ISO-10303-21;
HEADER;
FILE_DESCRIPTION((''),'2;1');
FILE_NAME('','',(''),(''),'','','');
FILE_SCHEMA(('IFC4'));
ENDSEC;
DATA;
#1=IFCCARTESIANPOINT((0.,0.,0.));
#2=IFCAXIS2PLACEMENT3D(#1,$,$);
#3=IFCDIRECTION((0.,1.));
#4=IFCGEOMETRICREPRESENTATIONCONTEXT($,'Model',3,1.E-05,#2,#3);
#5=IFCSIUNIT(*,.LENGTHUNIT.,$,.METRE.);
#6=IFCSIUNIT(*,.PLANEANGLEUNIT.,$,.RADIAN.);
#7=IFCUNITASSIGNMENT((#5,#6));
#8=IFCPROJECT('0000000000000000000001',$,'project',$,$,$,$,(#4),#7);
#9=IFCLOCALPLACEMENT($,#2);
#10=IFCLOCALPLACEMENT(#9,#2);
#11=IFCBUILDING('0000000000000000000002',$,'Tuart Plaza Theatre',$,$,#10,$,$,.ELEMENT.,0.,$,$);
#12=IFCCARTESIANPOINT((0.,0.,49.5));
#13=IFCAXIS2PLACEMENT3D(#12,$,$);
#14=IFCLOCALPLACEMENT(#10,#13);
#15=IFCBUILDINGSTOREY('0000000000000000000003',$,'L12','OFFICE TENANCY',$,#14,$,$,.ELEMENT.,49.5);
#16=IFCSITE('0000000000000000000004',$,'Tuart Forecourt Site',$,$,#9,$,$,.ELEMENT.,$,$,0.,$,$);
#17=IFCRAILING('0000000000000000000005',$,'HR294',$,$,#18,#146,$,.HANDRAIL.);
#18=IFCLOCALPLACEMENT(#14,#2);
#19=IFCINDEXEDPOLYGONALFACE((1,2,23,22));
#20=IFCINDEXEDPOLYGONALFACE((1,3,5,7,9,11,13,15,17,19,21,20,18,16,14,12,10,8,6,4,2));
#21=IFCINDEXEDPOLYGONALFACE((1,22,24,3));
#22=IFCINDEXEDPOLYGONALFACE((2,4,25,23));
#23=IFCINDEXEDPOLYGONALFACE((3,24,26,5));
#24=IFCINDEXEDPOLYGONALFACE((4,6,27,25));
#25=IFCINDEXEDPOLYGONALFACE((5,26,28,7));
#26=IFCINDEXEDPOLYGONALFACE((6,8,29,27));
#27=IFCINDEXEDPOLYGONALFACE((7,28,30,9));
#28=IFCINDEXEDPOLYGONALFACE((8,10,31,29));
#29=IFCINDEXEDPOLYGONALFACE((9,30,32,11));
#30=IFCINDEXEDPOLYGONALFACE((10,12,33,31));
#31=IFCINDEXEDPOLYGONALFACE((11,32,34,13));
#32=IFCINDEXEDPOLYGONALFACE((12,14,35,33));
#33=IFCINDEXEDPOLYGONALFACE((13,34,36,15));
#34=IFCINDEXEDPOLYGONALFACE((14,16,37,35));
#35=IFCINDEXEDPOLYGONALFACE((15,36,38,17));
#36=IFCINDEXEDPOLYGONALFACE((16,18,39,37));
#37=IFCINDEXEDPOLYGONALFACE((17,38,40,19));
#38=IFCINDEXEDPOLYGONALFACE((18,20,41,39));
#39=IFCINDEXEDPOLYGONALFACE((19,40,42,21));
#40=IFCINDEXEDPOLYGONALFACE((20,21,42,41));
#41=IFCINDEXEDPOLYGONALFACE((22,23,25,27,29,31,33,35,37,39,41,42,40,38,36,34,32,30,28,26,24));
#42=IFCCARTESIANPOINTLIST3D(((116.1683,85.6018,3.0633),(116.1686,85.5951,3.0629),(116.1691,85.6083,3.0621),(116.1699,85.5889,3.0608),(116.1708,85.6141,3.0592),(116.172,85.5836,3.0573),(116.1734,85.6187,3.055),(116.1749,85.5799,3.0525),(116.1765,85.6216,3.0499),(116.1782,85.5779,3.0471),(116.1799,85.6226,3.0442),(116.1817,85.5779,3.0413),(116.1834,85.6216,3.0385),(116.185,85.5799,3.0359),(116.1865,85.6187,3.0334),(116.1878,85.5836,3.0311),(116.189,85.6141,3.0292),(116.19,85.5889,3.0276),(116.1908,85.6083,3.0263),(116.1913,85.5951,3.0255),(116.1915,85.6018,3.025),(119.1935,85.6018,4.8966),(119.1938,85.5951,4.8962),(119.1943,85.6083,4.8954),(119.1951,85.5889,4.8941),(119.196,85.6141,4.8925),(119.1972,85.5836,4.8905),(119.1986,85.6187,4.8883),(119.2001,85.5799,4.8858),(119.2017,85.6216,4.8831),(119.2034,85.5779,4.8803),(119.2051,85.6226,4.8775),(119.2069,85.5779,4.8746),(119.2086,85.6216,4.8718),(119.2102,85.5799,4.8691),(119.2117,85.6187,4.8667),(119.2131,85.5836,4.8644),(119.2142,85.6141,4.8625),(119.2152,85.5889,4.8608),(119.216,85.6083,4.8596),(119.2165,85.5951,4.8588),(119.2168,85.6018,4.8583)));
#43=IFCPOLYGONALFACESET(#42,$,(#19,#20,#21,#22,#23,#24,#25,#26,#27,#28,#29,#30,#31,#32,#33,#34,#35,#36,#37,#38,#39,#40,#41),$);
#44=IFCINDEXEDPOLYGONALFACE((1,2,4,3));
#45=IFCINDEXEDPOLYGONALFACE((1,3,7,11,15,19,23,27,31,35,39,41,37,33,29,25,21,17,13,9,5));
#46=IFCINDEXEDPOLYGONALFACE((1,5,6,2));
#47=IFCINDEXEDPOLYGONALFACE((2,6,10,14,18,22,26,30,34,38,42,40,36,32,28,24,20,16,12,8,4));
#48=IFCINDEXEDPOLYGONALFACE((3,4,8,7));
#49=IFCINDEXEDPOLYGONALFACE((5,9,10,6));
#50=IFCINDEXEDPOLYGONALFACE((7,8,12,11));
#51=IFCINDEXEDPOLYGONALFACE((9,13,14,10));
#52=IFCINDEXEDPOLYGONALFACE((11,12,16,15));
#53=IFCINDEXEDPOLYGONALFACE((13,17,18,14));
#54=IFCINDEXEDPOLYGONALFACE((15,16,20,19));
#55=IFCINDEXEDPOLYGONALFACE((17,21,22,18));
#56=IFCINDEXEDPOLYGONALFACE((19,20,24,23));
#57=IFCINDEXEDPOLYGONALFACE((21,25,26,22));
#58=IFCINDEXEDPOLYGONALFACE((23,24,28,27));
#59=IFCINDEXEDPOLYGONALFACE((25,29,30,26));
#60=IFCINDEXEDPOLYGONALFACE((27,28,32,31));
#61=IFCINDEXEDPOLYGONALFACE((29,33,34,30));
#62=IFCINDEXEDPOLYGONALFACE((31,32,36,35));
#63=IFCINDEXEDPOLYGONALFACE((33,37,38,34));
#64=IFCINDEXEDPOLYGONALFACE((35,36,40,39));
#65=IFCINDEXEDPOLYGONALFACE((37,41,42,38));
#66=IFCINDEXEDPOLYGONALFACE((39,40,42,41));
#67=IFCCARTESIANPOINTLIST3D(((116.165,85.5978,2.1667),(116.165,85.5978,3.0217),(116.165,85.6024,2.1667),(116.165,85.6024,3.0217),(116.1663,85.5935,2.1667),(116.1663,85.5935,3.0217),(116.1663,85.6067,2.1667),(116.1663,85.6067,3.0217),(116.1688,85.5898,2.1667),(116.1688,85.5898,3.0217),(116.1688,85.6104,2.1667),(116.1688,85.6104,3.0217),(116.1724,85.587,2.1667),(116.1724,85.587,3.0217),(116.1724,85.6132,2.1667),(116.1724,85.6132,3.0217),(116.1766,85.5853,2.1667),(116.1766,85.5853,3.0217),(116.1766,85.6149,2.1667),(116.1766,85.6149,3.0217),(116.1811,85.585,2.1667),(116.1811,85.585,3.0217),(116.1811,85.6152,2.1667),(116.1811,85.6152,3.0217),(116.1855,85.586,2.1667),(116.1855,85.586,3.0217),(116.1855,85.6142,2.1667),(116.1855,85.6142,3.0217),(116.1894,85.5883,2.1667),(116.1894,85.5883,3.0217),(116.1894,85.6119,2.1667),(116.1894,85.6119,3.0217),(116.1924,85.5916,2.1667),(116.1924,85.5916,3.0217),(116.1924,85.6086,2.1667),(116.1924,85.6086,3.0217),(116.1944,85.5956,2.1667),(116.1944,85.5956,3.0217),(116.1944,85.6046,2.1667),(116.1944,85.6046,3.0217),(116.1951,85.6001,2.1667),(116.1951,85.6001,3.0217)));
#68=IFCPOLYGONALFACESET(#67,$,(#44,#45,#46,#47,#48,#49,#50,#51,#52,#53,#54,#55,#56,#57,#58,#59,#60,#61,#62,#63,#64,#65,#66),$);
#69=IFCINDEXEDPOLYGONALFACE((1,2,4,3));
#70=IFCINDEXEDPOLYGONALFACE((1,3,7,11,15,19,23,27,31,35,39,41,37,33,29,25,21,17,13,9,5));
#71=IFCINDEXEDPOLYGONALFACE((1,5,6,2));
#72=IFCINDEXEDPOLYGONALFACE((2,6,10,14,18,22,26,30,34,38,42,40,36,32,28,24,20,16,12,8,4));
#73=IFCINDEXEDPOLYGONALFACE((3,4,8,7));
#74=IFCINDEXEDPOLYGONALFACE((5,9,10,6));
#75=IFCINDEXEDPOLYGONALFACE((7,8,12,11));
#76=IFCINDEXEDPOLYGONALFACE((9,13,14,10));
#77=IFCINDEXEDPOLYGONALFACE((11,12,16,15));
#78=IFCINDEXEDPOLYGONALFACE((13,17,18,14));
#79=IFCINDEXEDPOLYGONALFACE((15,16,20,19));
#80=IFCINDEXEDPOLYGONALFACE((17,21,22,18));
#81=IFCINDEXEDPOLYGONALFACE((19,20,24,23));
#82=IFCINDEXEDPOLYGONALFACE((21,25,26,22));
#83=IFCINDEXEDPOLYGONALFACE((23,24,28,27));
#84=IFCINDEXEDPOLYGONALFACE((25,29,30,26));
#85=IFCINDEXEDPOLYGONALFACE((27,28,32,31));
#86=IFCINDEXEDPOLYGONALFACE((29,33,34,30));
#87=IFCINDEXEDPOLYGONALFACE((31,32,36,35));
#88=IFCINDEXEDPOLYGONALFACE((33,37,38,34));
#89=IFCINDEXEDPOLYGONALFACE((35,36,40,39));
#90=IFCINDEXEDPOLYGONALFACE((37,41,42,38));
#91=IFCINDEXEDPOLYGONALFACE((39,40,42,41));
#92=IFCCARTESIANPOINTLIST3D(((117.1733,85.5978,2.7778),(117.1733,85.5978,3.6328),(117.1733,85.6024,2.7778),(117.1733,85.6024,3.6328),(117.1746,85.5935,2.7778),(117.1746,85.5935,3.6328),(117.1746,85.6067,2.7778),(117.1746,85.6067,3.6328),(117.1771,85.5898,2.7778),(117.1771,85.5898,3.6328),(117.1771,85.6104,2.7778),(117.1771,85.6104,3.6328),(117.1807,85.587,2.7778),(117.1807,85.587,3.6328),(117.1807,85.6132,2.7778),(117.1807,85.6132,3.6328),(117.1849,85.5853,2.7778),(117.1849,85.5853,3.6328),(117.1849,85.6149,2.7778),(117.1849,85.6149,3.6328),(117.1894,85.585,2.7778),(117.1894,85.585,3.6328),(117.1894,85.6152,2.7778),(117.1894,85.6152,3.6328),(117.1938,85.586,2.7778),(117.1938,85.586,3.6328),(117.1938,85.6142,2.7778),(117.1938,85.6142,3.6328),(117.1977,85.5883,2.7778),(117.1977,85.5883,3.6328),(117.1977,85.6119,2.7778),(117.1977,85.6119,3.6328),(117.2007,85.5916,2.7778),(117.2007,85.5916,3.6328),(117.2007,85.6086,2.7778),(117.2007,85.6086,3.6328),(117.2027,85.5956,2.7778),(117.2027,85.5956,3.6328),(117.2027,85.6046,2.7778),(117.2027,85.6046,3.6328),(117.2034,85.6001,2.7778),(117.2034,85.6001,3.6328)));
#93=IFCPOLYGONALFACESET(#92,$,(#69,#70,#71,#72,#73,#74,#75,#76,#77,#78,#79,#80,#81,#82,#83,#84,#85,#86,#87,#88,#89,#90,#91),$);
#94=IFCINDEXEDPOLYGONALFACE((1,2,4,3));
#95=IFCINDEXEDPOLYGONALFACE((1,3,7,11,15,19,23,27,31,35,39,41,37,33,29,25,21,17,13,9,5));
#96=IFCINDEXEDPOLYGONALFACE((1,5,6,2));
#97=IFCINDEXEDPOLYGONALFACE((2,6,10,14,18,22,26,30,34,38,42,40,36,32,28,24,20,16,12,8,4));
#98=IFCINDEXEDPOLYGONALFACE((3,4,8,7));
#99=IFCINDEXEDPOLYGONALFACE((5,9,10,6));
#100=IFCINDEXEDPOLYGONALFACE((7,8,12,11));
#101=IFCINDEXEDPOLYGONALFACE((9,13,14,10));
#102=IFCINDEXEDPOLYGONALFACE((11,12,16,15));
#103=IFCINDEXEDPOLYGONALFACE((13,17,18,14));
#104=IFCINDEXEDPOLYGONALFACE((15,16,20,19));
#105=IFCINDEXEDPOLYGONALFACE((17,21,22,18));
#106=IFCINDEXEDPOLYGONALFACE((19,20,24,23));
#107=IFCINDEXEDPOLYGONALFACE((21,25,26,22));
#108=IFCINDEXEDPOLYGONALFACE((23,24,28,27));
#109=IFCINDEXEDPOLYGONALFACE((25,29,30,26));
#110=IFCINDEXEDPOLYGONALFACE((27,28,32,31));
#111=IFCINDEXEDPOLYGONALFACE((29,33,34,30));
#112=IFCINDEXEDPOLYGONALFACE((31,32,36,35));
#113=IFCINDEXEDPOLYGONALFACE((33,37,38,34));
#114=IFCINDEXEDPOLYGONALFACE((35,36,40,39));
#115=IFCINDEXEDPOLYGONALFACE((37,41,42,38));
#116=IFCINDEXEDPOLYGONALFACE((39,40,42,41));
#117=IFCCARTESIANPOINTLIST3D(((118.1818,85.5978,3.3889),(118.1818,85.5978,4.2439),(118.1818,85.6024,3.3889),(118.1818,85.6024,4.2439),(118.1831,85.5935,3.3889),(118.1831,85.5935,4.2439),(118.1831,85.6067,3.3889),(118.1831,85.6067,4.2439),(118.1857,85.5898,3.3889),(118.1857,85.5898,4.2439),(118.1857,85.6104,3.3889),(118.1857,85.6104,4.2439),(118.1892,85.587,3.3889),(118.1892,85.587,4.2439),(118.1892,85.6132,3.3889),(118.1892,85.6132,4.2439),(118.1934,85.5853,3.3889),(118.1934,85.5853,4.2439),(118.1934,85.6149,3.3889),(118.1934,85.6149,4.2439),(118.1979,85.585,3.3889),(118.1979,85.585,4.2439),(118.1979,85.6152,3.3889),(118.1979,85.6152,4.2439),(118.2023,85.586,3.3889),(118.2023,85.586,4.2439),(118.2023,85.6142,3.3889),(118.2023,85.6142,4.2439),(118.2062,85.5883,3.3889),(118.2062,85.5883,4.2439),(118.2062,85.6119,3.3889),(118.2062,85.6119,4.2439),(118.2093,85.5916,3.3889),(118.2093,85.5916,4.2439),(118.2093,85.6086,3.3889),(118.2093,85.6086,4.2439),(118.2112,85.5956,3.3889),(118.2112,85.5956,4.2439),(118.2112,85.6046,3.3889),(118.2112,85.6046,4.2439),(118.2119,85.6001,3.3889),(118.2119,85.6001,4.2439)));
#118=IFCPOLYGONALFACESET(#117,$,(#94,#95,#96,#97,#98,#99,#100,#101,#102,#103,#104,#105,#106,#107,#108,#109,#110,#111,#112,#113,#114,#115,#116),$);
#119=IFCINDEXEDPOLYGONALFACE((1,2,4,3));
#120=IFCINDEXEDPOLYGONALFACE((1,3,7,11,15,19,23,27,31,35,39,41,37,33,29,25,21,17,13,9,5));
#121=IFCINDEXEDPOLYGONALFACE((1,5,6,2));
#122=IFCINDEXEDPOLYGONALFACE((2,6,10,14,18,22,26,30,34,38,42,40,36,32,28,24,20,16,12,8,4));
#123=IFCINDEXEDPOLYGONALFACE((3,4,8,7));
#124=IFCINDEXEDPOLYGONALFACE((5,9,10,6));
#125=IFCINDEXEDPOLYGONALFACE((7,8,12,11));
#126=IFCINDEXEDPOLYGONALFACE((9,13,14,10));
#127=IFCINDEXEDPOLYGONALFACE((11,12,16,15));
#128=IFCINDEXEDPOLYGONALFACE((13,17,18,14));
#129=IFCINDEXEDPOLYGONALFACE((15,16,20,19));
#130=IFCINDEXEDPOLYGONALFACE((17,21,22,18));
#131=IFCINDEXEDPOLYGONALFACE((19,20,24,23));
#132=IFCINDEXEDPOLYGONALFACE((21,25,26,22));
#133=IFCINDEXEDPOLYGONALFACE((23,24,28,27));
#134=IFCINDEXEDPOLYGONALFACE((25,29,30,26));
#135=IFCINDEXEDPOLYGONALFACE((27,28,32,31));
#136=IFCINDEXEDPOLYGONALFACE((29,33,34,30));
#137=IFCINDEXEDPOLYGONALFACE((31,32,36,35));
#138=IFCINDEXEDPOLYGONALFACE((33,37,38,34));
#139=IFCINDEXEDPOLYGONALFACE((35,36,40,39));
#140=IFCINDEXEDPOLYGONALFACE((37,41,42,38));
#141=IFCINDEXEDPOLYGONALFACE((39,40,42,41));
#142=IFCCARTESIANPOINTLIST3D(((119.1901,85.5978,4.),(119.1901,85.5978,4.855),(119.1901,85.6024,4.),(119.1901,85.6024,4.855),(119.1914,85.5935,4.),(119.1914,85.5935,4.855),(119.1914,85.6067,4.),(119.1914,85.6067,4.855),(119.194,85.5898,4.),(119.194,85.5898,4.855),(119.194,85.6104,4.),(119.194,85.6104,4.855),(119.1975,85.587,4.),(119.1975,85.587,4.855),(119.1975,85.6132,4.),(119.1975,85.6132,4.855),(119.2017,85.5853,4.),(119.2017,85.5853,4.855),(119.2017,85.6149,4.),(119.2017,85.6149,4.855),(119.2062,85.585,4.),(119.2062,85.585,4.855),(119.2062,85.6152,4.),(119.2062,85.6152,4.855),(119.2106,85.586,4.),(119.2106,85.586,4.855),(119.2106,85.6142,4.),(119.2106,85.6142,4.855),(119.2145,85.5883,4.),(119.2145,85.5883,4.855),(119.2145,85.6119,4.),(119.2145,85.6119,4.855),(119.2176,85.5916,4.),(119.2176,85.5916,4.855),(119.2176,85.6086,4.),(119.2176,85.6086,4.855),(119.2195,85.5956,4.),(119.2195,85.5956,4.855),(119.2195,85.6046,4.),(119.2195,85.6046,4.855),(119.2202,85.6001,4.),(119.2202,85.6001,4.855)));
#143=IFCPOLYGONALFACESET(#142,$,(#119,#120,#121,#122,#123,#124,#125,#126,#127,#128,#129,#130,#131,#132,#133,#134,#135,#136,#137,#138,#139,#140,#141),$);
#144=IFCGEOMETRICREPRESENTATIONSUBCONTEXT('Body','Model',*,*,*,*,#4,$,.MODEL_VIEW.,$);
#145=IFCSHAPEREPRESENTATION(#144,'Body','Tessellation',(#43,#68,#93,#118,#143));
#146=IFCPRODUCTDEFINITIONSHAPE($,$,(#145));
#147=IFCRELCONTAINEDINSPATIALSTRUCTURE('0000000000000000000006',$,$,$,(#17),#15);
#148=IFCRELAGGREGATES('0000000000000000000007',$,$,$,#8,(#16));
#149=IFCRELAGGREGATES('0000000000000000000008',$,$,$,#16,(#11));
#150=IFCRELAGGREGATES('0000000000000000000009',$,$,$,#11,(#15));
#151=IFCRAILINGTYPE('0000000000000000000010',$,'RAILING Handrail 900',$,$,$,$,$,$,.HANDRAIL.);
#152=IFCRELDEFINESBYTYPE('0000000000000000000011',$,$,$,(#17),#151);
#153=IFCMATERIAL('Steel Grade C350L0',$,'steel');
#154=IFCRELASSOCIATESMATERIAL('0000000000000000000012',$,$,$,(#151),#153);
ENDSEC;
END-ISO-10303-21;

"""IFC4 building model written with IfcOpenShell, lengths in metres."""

from ifc_helpers import new_model, si_unit, direction, frame, origin, origin_2d, place, context, subcontext, project, spatial, circle, extrude, material, type_object, element, save


model = new_model("IFC4")

# Units and contexts
model_context = context("Model", 3, precision=1e-05, world=origin(), true_north=direction((0.0, 1.0)))
body_context = subcontext(model_context, "Body", "Model", "MODEL_VIEW")
ifc_project = project(units=[si_unit("LENGTHUNIT", "METRE"), si_unit("PLANEANGLEUNIT", "RADIAN")], contexts=[model_context])

# Site, building, storey
site_placement = place(None, origin())
site = spatial("IfcSite", under=ifc_project, at=site_placement, Name="Tuart Forecourt Site", CompositionType="ELEMENT", RefElevation=0.0)
building_placement = place(site_placement, origin())
building = spatial("IfcBuilding", under=site, at=building_placement, Name="Tuart Plaza Theatre", CompositionType="ELEMENT", ElevationOfRefHeight=0.0)
storey_placement = place(building_placement, frame((0.0, 0.0, 49.5)))
storey = spatial("IfcBuildingStorey", under=building, at=storey_placement, Name="L12", Description="OFFICE TENANCY", CompositionType="ELEMENT", Elevation=49.5)

# Railing
ifc_material_1 = material(Name="Steel Grade C350L0", Category="steel")
railing_type_1 = type_object("IfcRailingType", Name="RAILING Handrail 900", PredefinedType="HANDRAIL", material=ifc_material_1)
for number, where, name in (
    (1, (116.1799, 85.6001, 2.1667), "HR294"),
):
    element("IfcRailing", number, at=place(storey_placement, frame(where)), inside=storey, type_object=railing_type_1, Name=name, PredefinedType="HANDRAIL", context=body_context, shape_type="SweptSolid", body=[
        extrude(circle(Radius=0.0225, at=origin_2d()), frame((0.0, 0.0, 0.8774), z_axis=(0.855219, 0.0, 0.518267), x_axis=(0.0, 1.0, 0.0)), (0.0, 0.0, 1.0), 3.5374),
        extrude(circle(Radius=0.0151, at=origin_2d()), origin(), (0.0, 0.0, 1.0), 0.855),
        extrude(circle(Radius=0.0151, at=origin_2d()), frame((1.0083, 0.0, 0.6111)), (0.0, 0.0, 1.0), 0.855),
        extrude(circle(Radius=0.0151, at=origin_2d()), frame((2.0168, 0.0, 1.2222)), (0.0, 0.0, 1.0), 0.855),
        extrude(circle(Radius=0.0151, at=origin_2d()), frame((3.0251, 0.0, 1.8333)), (0.0, 0.0, 1.0), 0.855),
    ])

save(model, "model.ifc")
